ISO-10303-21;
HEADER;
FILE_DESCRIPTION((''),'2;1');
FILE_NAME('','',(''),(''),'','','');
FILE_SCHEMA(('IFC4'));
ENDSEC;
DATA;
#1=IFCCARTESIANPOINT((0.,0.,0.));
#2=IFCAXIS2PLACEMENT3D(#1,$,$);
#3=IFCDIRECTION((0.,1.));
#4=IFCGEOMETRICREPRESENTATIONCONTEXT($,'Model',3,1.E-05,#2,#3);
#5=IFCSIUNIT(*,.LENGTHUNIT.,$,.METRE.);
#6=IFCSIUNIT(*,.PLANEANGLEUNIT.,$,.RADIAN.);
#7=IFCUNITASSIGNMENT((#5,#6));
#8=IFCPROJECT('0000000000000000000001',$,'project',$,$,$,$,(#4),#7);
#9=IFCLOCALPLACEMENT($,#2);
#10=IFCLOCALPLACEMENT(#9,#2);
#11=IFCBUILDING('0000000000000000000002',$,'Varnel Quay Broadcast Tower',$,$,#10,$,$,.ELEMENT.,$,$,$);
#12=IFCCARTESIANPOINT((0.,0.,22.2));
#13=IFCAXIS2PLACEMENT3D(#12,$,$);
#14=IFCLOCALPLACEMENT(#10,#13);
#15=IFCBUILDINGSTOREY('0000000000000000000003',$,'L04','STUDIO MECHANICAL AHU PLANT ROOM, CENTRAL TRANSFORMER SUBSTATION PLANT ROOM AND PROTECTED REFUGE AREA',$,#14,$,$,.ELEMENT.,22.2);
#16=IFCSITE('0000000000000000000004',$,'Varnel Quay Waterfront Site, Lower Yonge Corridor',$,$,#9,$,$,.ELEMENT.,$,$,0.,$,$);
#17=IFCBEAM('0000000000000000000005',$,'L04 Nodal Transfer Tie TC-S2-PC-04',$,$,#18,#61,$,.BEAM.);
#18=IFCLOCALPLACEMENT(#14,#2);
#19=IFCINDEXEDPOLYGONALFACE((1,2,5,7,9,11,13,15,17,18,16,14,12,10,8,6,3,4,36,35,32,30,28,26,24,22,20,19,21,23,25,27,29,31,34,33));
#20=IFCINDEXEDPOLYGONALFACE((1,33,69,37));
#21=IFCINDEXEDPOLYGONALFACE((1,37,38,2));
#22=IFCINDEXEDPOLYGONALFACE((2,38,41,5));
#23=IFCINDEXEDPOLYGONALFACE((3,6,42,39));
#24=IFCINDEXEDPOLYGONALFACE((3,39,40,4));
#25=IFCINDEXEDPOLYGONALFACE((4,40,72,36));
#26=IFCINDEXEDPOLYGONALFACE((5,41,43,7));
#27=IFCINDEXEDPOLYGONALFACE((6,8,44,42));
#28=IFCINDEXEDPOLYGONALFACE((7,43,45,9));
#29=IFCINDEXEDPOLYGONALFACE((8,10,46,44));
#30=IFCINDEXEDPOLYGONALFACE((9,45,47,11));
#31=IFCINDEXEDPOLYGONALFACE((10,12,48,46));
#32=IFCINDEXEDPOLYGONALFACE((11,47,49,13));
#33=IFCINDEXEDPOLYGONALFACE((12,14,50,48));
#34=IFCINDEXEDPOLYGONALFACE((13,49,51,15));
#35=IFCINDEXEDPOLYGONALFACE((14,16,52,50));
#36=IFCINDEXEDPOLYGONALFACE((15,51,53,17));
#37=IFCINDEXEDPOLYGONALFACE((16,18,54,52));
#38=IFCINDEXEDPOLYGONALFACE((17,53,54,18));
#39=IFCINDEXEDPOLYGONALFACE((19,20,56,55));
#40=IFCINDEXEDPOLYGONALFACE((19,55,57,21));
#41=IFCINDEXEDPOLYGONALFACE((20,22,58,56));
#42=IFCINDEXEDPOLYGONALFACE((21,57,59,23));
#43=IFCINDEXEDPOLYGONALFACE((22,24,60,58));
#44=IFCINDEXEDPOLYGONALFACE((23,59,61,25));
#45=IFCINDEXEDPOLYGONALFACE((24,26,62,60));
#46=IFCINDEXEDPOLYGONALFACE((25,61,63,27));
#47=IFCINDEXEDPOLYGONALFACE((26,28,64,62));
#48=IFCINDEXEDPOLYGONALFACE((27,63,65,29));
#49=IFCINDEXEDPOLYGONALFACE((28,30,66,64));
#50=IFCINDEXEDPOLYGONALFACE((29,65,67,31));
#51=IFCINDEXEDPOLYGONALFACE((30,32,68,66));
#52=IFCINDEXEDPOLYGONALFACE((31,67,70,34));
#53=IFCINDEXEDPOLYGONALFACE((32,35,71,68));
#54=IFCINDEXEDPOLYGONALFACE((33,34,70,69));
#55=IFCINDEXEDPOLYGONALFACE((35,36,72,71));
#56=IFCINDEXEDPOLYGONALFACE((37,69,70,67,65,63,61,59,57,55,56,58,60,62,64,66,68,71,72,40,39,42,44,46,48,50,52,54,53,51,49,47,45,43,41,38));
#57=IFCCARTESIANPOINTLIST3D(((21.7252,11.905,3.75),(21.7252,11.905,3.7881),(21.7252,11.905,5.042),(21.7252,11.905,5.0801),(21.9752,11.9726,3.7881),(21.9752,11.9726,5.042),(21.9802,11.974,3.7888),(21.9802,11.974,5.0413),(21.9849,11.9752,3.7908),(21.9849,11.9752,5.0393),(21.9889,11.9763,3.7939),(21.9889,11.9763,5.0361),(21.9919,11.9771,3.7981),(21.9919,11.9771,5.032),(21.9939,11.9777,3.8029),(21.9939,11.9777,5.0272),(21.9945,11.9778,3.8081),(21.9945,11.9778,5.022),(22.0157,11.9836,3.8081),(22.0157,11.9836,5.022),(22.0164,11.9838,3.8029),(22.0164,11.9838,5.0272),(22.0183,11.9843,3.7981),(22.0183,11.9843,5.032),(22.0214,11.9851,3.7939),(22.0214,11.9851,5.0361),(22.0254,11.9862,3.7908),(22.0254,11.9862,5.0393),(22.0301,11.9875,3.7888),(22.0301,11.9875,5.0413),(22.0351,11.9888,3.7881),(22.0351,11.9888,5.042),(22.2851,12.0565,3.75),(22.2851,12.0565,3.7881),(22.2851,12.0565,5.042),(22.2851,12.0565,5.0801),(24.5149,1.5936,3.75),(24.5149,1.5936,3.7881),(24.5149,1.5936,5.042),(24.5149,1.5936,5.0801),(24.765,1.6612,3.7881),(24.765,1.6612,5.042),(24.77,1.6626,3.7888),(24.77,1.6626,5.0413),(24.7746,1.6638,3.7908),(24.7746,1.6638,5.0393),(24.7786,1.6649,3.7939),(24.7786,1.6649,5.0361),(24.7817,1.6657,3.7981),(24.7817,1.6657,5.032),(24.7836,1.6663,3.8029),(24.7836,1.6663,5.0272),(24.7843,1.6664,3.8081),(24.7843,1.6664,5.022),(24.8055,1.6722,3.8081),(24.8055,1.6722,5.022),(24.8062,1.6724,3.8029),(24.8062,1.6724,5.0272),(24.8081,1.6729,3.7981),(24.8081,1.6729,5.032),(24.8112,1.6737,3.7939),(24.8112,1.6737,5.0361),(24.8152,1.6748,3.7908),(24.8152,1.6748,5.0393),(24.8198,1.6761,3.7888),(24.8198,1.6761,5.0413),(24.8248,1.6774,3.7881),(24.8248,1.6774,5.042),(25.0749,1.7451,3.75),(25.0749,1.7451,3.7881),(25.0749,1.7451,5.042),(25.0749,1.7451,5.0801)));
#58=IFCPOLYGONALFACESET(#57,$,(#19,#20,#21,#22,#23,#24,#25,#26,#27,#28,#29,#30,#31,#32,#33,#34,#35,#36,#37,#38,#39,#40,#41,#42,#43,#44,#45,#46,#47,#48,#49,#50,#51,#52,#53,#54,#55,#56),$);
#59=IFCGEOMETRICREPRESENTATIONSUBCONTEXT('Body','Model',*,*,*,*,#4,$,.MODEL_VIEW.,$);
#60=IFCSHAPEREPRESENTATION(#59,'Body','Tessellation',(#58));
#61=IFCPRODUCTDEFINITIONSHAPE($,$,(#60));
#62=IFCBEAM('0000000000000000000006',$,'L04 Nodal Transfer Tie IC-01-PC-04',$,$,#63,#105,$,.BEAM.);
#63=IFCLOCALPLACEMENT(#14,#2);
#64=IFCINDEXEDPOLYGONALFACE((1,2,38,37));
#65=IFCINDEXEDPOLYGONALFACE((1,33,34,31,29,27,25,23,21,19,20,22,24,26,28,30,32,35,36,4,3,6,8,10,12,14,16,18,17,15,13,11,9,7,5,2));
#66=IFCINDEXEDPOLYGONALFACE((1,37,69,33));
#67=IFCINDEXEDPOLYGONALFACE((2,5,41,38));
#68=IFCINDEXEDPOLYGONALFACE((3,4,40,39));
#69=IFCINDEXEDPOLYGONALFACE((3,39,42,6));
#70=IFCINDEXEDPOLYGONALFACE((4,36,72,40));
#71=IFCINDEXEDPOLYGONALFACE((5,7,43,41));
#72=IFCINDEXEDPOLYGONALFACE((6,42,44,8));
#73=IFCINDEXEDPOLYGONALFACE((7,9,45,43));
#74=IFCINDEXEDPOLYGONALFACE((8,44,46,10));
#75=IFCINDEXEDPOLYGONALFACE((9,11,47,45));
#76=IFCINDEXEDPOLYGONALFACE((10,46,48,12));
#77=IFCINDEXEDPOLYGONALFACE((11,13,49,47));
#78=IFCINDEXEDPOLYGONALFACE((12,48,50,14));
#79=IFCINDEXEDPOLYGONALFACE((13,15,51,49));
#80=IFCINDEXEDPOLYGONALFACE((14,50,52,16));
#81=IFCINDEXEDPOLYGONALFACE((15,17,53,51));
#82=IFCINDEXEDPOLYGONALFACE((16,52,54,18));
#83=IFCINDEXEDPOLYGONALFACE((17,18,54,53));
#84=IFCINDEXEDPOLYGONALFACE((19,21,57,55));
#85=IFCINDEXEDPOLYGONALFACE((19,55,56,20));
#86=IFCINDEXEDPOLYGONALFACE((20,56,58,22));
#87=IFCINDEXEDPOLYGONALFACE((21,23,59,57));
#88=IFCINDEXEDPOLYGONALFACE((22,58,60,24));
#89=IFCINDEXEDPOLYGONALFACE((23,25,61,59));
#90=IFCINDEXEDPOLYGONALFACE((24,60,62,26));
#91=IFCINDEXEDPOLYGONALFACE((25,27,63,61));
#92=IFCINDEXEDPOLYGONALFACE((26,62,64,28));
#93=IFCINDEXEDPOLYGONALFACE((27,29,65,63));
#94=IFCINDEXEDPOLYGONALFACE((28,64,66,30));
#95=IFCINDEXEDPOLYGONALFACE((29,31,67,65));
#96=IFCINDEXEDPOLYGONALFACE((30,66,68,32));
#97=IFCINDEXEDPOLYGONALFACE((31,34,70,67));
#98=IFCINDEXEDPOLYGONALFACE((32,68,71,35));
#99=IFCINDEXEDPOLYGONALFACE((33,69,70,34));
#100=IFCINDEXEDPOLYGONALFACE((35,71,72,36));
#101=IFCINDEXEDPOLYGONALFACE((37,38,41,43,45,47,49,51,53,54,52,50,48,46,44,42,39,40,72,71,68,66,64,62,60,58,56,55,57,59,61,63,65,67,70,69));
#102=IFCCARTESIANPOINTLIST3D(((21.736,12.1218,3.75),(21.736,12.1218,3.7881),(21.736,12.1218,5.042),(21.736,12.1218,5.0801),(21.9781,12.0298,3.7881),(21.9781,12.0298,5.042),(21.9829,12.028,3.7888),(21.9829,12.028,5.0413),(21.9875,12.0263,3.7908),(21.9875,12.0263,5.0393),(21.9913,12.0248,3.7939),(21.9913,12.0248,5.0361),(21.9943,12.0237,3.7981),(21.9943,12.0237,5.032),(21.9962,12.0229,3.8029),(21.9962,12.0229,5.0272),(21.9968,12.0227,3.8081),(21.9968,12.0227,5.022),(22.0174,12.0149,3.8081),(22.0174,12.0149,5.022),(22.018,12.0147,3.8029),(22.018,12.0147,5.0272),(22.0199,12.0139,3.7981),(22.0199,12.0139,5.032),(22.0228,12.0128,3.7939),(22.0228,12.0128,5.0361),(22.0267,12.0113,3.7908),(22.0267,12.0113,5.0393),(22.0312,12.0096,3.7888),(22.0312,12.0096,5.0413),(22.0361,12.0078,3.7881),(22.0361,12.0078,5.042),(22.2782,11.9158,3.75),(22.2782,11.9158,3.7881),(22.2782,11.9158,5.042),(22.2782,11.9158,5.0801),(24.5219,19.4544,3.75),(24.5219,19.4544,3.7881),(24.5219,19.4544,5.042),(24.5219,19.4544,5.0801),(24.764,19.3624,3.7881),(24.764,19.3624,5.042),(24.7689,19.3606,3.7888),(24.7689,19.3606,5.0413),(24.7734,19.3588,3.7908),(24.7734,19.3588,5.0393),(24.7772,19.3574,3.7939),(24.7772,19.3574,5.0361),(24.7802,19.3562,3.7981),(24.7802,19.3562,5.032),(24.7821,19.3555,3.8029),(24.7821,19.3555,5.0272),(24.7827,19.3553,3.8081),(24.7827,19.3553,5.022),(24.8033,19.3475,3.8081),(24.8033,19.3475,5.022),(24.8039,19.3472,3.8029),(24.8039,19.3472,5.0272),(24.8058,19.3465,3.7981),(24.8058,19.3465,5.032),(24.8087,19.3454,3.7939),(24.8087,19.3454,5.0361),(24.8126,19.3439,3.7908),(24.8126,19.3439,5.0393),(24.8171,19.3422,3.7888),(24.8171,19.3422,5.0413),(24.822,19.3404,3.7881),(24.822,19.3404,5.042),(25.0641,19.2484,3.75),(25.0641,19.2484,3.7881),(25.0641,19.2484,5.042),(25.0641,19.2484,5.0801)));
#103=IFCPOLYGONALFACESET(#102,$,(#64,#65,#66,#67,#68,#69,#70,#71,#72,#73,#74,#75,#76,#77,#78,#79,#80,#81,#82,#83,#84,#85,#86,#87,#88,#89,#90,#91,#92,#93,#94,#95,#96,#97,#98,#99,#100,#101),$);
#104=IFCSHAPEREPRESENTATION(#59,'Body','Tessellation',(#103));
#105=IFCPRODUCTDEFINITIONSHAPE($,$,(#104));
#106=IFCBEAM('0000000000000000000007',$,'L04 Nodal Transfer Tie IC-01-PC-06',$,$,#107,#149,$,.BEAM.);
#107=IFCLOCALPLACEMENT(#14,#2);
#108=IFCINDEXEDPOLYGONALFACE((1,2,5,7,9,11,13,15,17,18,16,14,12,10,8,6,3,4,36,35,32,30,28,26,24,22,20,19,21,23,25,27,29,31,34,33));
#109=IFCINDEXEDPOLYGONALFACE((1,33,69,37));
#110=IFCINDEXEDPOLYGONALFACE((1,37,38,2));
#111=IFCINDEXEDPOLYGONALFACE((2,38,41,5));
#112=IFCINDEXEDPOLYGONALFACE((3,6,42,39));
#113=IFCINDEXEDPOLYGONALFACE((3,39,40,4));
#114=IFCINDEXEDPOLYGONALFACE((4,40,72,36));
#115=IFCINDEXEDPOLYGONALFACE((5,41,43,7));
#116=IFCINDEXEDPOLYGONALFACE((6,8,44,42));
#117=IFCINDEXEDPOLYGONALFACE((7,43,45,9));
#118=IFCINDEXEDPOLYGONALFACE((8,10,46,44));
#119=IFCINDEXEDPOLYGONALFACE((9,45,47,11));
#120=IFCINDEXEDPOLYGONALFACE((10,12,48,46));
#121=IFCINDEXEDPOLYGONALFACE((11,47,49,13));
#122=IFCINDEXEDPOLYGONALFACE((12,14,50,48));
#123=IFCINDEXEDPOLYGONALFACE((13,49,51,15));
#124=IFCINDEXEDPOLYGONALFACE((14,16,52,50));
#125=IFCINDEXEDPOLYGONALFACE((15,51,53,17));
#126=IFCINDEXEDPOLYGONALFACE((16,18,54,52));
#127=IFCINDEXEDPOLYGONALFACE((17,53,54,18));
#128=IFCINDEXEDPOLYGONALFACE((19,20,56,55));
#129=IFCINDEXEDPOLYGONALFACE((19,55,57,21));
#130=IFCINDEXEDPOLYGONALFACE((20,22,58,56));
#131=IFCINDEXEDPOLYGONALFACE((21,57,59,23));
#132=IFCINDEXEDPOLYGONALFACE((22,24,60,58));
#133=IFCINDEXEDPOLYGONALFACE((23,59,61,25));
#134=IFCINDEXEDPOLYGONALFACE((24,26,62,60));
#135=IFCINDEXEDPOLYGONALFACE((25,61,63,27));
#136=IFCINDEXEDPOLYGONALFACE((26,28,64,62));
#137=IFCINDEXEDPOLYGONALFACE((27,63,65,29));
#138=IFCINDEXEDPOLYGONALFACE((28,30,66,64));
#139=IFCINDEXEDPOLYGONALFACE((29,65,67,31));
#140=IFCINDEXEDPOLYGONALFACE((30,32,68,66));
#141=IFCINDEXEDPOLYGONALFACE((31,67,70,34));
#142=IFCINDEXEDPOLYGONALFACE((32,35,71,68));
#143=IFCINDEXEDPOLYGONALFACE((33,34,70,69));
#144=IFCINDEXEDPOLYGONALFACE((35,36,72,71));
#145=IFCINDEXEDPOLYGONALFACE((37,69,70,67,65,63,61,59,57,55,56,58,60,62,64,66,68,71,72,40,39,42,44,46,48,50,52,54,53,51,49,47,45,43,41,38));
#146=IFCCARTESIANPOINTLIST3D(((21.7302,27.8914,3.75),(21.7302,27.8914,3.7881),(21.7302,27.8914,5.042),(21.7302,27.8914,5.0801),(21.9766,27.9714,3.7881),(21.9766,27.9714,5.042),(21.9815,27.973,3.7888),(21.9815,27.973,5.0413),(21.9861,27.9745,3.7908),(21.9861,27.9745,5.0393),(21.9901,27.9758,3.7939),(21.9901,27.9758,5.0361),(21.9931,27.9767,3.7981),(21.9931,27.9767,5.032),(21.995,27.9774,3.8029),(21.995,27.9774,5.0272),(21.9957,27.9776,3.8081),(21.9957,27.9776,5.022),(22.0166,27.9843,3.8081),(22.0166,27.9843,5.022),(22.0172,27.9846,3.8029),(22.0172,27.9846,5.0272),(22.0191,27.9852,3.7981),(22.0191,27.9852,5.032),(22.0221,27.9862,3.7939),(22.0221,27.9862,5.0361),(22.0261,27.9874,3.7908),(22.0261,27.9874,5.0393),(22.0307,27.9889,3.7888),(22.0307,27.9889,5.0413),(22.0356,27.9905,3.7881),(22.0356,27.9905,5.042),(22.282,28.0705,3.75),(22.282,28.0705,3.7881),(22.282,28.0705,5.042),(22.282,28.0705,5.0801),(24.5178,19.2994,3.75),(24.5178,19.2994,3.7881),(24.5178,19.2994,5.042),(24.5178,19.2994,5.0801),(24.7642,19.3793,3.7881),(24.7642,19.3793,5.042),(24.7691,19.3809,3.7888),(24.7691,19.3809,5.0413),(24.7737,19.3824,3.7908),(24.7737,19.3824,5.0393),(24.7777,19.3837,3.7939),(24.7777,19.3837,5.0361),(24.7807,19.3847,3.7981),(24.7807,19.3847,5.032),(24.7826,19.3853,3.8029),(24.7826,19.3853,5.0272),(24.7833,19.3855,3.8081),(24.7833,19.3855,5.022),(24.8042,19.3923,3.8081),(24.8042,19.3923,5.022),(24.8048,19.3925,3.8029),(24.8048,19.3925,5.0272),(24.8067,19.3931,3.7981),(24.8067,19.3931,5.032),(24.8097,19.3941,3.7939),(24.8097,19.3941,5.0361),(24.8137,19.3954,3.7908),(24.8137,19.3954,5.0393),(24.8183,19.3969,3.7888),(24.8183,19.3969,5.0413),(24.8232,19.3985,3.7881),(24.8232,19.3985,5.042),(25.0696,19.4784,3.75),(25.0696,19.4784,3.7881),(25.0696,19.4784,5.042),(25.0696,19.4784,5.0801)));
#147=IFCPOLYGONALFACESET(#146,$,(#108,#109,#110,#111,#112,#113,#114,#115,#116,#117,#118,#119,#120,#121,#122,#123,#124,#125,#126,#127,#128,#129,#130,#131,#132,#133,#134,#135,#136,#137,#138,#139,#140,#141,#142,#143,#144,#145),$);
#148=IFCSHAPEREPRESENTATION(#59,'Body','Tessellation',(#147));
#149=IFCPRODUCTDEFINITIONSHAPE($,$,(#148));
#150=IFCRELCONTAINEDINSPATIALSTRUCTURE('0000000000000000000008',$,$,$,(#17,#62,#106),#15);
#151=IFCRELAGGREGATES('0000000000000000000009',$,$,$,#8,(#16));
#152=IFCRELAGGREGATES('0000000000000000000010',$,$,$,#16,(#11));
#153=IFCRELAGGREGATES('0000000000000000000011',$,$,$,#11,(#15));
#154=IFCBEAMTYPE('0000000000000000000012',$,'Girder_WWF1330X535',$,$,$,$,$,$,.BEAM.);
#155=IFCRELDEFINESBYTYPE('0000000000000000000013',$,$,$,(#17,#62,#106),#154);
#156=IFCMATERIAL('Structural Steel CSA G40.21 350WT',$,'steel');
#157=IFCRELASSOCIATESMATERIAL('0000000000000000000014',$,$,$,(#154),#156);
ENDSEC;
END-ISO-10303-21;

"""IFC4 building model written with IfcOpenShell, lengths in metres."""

from ifc_helpers import new_model, si_unit, direction, frame, origin, origin_2d, place, context, subcontext, project, spatial, i_section, extrude, source, transform, mapped, material, material_profile, profile_set, type_object, element, save


model = new_model("IFC4")

# Units and contexts
model_context = context("Model", 3, precision=1e-05, world=origin(), true_north=direction((0.0, 1.0)))
body_context = subcontext(model_context, "Body", "Model", "MODEL_VIEW")
ifc_project = project(units=[si_unit("LENGTHUNIT", "METRE"), si_unit("PLANEANGLEUNIT", "RADIAN")], contexts=[model_context])

# Site, building, storey
site_placement = place(None, origin())
site = spatial("IfcSite", under=ifc_project, at=site_placement, Name="Varnel Quay Waterfront Site, Lower Yonge Corridor", CompositionType="ELEMENT", RefElevation=0.0)
building_placement = place(site_placement, origin())
building = spatial("IfcBuilding", under=site, at=building_placement, Name="Varnel Quay Broadcast Tower", CompositionType="ELEMENT")
storey_placement = place(building_placement, frame((0.0, 0.0, 22.2)))
storey = spatial("IfcBuildingStorey", under=building, at=storey_placement, Name="L04", Description="STUDIO MECHANICAL AHU PLANT ROOM, CENTRAL TRANSFORMER SUBSTATION PLANT ROOM AND PROTECTED REFUGE AREA", CompositionType="ELEMENT", Elevation=22.2)

# Beams
ifc_material_1 = material(Name="Structural Steel CSA G40.21 350WT", Category="steel")
ifc_material_profile_1 = material_profile(ifc_material_1, i_section(OverallWidth=0.5801, OverallDepth=1.3301, WebThickness=0.022, FlangeThickness=0.0381, FilletRadius=0.02, at=origin_2d()), Name="WWF1330X535")
ifc_profile_set_1 = profile_set([ifc_material_profile_1], Name="Structural Steel CSA G40.21 350WT")
beam_type_1 = type_object("IfcBeamType", Name="Girder_WWF1330X535", PredefinedType="BEAM", material=ifc_profile_set_1)
shared_shape_1 = source(origin(), body_context, "Body", "SweptSolid", [
    extrude(i_section(OverallWidth=0.5801, OverallDepth=1.3301, WebThickness=0.022, FlangeThickness=0.0381, FilletRadius=0.02, at=origin_2d()), origin(), (0.0, 0.0, 1.0), 10.6821),
])
beam_1_placement = place(storey_placement, frame((22.0051, 11.9807, 4.415), z_axis=(0.261162, -0.965295, 0.0), x_axis=(0.965295, 0.261162, 0.0)))
element("IfcBeam", 1, at=beam_1_placement, inside=storey, type_object=beam_type_1, Name="L04 Nodal Transfer Tie TC-S2-PC-04", PredefinedType="BEAM", context=body_context, shape_type="MappedRepresentation", body=[
    mapped(shared_shape_1, transform((0.0, 0.0, 0.0), x_axis=(1.0, 0.0, 0.0), y_axis=(0.0, 1.0, 0.0), z_axis=(0.0, 0.0, 1.0), scale=1.0)),
])
shared_shape_2 = source(origin(), body_context, "Body", "SweptSolid", [
    extrude(i_section(OverallWidth=0.5801, OverallDepth=1.3301, WebThickness=0.022, FlangeThickness=0.0381, FilletRadius=0.02, at=origin_2d()), origin(), (0.0, 0.0, 1.0), 7.844),
])
beam_2_placement = place(storey_placement, frame((22.0071, 12.0188, 4.415), z_axis=(0.355166, 0.934803, 0.0), x_axis=(-0.934803, 0.355166, 0.0)))
element("IfcBeam", 2, at=beam_2_placement, inside=storey, type_object=beam_type_1, Name="L04 Nodal Transfer Tie IC-01-PC-04", PredefinedType="BEAM", context=body_context, shape_type="MappedRepresentation", body=[
    mapped(shared_shape_2, transform((0.0, 0.0, 0.0), x_axis=(1.0, 0.0, 0.0), y_axis=(0.0, 1.0, 0.0), z_axis=(0.0, 0.0, 1.0), scale=1.0)),
])
shared_shape_3 = source(origin(), body_context, "Body", "SweptSolid", [
    extrude(i_section(OverallWidth=0.5801, OverallDepth=1.3301, WebThickness=0.022, FlangeThickness=0.0381, FilletRadius=0.02, at=origin_2d()), origin(), (0.0, 0.0, 1.0), 9.033),
])
beam_3_placement = place(storey_placement, frame((22.0061, 27.981, 4.415), z_axis=(0.308604, -0.951191, 0.0), x_axis=(0.951191, 0.308604, 0.0)))
element("IfcBeam", 3, at=beam_3_placement, inside=storey, type_object=beam_type_1, Name="L04 Nodal Transfer Tie IC-01-PC-06", PredefinedType="BEAM", context=body_context, shape_type="MappedRepresentation", body=[
    mapped(shared_shape_3, transform((0.0, 0.0, 0.0), x_axis=(1.0, 0.0, 0.0), y_axis=(0.0, 1.0, 0.0), z_axis=(0.0, 0.0, 1.0), scale=1.0)),
])

save(model, "model.ifc")
